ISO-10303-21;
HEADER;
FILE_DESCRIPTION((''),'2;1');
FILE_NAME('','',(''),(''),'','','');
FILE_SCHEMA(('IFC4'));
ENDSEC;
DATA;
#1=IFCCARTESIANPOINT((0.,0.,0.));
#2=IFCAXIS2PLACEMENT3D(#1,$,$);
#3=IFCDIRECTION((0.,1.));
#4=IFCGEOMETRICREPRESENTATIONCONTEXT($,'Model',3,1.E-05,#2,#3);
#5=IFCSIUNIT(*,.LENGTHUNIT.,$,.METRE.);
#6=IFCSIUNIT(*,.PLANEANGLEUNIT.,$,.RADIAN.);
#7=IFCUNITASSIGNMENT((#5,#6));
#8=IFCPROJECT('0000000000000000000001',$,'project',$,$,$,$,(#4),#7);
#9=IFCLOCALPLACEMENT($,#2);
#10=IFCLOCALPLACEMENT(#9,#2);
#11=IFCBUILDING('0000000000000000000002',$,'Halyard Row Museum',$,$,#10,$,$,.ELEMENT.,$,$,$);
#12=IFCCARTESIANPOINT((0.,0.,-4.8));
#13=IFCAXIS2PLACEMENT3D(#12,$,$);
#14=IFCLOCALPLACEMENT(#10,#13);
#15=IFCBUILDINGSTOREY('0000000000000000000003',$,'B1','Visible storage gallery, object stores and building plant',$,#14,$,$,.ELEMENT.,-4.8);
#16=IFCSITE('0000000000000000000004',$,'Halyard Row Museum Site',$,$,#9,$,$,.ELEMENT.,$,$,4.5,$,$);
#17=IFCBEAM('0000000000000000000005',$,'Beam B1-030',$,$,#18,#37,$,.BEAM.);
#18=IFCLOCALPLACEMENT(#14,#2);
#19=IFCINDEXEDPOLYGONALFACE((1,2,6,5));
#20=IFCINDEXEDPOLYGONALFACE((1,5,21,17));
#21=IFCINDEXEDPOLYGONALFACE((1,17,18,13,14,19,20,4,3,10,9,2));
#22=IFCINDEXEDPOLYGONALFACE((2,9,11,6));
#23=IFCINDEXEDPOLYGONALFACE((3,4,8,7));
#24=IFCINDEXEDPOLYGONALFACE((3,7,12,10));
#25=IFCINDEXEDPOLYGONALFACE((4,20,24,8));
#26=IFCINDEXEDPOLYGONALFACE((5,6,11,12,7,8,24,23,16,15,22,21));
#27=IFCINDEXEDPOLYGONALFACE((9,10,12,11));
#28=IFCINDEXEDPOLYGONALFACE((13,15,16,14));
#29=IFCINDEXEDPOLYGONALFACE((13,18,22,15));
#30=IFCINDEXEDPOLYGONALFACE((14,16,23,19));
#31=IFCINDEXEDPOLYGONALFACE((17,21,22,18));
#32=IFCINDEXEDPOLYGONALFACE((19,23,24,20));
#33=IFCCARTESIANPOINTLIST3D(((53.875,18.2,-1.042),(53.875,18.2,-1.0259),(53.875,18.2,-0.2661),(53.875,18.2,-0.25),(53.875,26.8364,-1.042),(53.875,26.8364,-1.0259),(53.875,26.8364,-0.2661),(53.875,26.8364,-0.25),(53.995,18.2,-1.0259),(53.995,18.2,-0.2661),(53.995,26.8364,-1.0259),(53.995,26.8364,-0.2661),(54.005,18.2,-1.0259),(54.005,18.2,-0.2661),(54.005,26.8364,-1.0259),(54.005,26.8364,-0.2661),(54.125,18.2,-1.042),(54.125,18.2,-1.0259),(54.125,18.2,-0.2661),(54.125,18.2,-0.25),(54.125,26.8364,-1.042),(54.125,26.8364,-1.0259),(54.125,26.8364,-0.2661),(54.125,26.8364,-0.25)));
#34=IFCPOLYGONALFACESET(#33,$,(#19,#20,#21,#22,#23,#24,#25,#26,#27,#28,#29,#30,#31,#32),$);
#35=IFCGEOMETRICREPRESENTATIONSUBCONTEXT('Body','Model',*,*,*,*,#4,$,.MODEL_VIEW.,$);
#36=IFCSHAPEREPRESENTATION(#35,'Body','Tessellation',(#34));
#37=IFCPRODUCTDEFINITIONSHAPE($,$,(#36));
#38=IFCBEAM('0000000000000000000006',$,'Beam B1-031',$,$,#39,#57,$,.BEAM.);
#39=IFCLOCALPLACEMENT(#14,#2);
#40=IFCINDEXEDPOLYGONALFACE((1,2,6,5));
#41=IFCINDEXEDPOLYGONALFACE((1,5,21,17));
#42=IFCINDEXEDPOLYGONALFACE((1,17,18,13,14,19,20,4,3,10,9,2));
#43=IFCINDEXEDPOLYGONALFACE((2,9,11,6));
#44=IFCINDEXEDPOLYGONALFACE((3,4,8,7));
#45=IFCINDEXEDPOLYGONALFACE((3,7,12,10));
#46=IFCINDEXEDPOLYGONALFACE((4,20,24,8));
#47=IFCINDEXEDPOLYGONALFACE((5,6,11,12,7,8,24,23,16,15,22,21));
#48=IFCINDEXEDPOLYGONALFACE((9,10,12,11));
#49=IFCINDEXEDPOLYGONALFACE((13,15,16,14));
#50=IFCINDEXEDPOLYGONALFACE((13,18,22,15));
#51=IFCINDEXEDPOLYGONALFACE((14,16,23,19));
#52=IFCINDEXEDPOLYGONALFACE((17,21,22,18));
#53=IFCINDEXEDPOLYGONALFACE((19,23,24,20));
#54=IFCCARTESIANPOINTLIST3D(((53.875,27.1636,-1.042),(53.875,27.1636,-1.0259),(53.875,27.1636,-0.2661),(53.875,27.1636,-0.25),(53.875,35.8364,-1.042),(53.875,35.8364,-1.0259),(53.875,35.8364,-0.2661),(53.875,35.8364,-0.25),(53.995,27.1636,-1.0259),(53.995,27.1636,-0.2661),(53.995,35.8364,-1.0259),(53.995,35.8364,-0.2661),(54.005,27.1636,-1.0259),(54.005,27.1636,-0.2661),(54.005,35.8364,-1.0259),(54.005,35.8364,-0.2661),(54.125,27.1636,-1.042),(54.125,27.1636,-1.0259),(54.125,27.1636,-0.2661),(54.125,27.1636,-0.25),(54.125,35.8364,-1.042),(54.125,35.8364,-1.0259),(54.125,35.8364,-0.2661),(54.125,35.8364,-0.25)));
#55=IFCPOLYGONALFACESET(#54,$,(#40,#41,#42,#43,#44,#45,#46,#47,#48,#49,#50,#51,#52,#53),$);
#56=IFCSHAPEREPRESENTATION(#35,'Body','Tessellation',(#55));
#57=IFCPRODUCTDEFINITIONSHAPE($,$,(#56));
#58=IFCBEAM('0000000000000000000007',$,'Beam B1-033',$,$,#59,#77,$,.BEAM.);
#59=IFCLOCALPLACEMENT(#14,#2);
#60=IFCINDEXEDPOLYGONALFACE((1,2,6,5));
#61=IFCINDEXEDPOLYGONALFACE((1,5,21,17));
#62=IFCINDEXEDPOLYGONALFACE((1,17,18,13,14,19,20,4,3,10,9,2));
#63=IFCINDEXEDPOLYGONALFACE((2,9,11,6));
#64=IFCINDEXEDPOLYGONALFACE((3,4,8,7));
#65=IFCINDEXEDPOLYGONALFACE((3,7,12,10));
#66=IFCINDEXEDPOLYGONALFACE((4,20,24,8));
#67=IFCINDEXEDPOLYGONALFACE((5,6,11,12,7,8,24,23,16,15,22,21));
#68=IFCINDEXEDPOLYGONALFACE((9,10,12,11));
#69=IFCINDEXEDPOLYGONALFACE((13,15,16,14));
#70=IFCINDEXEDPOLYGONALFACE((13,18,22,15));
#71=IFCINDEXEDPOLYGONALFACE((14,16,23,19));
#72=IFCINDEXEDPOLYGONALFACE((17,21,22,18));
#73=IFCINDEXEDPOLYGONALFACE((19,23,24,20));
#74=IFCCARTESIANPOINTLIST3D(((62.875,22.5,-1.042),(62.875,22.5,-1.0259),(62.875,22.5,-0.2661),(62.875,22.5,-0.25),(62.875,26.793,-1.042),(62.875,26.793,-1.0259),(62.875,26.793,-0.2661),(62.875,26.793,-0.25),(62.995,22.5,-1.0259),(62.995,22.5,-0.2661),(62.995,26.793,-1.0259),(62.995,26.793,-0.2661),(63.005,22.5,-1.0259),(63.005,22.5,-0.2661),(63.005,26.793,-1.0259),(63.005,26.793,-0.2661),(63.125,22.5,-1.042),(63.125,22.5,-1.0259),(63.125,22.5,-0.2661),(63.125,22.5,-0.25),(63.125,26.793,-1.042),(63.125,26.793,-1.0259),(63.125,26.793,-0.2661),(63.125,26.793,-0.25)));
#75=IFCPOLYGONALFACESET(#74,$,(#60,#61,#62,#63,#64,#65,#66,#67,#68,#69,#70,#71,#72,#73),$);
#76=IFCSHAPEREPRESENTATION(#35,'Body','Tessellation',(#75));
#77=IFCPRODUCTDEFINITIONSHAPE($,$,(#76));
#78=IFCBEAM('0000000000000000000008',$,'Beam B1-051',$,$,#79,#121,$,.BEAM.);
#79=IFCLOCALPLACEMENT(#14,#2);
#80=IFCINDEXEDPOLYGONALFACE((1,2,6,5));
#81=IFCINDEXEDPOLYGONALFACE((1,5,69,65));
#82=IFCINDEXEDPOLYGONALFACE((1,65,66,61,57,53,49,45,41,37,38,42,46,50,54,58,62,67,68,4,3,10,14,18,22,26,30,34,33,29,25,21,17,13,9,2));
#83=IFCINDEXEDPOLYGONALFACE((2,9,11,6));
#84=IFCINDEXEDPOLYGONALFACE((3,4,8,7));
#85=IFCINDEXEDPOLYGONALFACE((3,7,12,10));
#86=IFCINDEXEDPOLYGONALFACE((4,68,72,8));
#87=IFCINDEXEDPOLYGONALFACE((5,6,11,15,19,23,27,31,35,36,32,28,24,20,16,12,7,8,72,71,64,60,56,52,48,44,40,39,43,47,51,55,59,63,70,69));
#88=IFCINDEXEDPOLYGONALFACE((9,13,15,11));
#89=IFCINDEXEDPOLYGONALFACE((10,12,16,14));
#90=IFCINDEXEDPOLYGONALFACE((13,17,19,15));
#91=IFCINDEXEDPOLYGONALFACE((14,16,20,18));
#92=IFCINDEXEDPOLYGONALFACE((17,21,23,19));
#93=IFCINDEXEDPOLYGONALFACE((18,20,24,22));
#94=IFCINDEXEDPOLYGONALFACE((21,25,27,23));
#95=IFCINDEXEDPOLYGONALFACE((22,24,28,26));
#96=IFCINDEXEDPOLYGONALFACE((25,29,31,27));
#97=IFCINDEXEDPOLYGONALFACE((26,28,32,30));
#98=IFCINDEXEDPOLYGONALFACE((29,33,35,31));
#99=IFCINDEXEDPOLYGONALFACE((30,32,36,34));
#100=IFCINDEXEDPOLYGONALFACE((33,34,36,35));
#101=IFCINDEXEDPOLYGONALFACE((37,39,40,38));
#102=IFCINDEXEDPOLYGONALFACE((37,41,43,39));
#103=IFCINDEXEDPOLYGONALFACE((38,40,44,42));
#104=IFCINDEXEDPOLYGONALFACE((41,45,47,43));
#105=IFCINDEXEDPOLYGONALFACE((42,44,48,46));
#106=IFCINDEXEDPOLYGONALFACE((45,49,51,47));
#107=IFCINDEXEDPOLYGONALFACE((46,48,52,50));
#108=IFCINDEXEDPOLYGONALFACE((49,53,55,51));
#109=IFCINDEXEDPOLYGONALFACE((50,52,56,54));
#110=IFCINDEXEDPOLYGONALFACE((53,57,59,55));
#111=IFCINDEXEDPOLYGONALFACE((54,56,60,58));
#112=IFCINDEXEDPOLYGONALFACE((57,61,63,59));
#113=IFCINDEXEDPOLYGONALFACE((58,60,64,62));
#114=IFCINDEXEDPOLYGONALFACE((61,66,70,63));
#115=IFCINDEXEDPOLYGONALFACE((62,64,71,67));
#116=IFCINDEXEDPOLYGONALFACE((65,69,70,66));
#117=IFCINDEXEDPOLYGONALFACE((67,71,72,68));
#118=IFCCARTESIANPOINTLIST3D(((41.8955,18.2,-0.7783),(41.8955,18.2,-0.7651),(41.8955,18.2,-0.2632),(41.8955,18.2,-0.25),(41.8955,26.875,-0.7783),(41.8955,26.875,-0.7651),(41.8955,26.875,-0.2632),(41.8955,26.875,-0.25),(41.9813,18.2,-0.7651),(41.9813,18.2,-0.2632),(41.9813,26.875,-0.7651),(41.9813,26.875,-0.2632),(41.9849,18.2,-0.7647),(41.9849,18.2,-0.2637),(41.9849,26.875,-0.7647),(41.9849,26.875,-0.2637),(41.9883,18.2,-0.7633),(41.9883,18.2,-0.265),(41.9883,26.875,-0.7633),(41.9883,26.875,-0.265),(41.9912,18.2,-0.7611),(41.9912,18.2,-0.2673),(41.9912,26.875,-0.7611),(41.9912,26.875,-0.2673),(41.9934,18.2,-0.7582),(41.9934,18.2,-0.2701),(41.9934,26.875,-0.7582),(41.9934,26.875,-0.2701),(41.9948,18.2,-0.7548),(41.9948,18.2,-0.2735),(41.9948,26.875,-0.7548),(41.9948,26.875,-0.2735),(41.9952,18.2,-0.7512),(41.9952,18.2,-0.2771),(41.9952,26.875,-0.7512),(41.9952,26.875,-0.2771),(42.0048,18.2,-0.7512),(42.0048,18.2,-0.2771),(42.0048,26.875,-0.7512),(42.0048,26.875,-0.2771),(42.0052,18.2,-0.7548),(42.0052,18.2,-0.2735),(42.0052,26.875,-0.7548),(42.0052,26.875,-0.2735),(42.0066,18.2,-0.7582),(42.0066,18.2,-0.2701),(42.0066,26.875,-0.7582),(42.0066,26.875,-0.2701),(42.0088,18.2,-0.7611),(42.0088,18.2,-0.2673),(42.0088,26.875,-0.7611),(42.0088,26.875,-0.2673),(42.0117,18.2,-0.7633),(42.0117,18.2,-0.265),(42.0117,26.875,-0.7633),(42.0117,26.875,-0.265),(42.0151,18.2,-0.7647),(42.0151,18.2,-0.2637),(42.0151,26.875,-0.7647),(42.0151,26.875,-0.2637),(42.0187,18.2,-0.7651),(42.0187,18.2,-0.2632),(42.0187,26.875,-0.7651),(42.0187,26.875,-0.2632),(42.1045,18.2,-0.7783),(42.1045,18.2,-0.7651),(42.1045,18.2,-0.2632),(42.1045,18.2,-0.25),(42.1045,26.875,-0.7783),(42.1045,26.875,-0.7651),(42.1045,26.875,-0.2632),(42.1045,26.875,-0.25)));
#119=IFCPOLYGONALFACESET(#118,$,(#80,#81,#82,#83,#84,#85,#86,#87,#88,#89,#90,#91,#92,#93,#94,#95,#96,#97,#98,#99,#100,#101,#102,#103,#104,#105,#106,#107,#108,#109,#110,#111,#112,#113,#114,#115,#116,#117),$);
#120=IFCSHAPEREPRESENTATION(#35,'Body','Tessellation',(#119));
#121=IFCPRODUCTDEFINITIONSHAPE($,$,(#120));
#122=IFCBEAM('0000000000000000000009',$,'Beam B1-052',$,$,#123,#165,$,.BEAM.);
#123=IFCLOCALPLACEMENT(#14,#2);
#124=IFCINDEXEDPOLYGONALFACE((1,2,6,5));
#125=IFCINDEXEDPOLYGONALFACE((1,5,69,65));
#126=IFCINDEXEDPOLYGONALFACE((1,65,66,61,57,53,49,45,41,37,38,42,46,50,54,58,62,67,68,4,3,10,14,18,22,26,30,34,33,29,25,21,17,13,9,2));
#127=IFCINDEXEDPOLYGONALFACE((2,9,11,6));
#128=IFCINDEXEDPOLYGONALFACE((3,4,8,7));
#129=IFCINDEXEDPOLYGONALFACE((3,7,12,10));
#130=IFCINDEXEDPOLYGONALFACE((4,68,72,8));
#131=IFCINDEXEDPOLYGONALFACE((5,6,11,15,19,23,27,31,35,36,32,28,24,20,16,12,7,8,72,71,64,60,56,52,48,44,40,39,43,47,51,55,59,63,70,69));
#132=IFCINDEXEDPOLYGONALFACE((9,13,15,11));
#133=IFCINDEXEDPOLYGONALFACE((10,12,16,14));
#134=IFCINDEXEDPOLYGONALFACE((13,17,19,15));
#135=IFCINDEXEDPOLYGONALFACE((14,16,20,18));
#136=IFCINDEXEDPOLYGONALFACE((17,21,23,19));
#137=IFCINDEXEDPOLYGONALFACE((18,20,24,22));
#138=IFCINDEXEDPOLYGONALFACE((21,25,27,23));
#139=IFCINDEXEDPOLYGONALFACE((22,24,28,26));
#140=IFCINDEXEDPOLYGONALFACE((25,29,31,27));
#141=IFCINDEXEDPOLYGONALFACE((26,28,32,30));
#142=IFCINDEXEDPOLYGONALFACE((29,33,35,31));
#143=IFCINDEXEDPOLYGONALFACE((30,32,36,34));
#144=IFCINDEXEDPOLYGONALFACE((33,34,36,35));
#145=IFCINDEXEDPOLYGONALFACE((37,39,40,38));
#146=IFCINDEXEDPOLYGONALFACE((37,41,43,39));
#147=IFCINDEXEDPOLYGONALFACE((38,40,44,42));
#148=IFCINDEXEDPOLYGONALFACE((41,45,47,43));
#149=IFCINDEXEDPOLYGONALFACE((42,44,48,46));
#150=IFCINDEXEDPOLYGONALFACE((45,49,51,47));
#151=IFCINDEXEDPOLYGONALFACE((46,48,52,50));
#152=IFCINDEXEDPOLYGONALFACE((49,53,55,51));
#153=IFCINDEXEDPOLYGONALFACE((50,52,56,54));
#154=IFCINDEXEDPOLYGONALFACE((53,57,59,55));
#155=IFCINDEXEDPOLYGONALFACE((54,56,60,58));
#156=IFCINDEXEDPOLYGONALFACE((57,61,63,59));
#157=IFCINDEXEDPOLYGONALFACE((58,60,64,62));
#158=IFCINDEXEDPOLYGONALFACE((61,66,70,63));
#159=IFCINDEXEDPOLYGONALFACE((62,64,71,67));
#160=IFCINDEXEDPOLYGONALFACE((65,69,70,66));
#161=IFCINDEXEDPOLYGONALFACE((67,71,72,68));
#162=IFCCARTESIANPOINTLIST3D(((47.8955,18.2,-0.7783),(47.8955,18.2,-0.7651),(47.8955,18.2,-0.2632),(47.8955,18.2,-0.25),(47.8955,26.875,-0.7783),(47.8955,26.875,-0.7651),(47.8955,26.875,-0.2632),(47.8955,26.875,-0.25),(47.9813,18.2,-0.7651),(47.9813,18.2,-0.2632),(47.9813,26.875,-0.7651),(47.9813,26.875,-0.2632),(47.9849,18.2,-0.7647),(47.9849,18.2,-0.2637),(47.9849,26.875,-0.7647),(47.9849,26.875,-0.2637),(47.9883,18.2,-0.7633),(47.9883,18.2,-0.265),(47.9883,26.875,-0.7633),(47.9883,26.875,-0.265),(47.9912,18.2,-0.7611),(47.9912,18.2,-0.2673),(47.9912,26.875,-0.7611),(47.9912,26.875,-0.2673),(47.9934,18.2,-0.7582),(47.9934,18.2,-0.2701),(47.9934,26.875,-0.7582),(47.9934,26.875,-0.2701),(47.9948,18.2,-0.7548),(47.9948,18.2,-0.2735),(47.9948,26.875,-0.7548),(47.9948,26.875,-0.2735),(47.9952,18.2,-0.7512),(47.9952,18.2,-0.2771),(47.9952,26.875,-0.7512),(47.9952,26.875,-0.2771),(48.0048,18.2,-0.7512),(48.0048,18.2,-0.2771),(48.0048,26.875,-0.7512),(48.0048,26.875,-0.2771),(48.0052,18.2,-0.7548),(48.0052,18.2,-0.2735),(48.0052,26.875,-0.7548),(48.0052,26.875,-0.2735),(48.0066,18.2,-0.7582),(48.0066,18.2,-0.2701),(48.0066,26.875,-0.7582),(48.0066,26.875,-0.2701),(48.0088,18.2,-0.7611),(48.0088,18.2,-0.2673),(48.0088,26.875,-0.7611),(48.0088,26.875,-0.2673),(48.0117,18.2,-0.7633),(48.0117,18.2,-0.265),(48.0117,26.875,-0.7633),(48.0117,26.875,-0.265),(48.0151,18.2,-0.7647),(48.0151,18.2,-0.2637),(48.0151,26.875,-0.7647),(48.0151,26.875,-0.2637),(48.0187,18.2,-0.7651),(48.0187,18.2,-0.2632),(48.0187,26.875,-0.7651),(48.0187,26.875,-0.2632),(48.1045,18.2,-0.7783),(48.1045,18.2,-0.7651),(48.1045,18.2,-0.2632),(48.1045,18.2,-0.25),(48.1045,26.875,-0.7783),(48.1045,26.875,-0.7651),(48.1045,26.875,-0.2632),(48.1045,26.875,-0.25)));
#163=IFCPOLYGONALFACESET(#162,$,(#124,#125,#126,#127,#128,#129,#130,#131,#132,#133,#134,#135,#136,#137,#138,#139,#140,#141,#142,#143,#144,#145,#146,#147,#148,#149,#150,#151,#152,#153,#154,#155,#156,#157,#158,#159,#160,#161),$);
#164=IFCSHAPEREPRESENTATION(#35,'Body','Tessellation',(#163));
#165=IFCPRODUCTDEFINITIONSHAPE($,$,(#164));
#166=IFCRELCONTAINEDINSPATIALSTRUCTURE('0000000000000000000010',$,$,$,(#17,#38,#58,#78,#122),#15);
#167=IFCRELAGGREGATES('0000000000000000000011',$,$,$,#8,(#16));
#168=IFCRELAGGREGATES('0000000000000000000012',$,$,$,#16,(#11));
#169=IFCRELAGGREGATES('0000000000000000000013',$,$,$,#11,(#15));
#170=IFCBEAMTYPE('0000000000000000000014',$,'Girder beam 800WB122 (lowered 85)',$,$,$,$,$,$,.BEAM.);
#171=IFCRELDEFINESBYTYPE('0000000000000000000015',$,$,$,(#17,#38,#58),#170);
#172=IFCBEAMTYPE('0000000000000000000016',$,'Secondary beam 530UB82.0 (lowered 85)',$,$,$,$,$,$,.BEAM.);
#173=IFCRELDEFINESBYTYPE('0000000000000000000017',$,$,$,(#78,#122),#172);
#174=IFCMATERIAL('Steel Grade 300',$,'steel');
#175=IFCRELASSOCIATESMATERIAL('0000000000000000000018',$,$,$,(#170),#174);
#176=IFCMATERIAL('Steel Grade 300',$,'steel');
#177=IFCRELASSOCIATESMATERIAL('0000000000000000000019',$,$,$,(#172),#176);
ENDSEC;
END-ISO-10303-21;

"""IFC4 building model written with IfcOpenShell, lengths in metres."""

from ifc_helpers import new_model, si_unit, direction, frame, origin, origin_2d, place, context, subcontext, project, spatial, i_section, extrude, material, material_profile, profile_set, type_object, element, save


model = new_model("IFC4")

# Units and contexts
model_context = context("Model", 3, precision=1e-05, world=origin(), true_north=direction((0.0, 1.0)))
body_context = subcontext(model_context, "Body", "Model", "MODEL_VIEW")
ifc_project = project(units=[si_unit("LENGTHUNIT", "METRE"), si_unit("PLANEANGLEUNIT", "RADIAN")], contexts=[model_context])

# Site, building, storey
site_placement = place(None, origin())
site = spatial("IfcSite", under=ifc_project, at=site_placement, Name="Halyard Row Museum Site", CompositionType="ELEMENT", RefElevation=4.5)
building_placement = place(site_placement, origin())
building = spatial("IfcBuilding", under=site, at=building_placement, Name="Halyard Row Museum", CompositionType="ELEMENT")
storey_placement = place(building_placement, frame((0.0, 0.0, -4.8)))
storey = spatial("IfcBuildingStorey", under=building, at=storey_placement, Name="B1", Description="Visible storage gallery, object stores and building plant", CompositionType="ELEMENT", Elevation=-4.8)

# Beams
ifc_material_1 = material(Name="Steel Grade 300", Category="steel")
ifc_material_profile_1 = material_profile(ifc_material_1, i_section(OverallWidth=0.25, OverallDepth=0.792, WebThickness=0.01, FlangeThickness=0.0161, at=origin_2d()), Name="800WB122")
ifc_profile_set_1 = profile_set([ifc_material_profile_1], Name="Steel Grade 300")
beam_type_1 = type_object("IfcBeamType", Name="Girder beam 800WB122 (lowered 85)", PredefinedType="BEAM", material=ifc_profile_set_1)
beam_1_placement = place(storey_placement, frame((54.0, 18.2, -0.646), z_axis=(0.0, 1.0, 0.0), x_axis=(-1.0, 0.0, 0.0)))
element("IfcBeam", 1, at=beam_1_placement, inside=storey, type_object=beam_type_1, Name="Beam B1-030", PredefinedType="BEAM", context=body_context, shape_type="SweptSolid", body=[
    extrude(i_section(OverallWidth=0.25, OverallDepth=0.792, WebThickness=0.01, FlangeThickness=0.0161, at=origin_2d()), origin(), (0.0, 0.0, 1.0), 8.6365),
])
beam_2_placement = place(storey_placement, frame((54.0, 27.1636, -0.646), z_axis=(0.0, 1.0, 0.0), x_axis=(-1.0, 0.0, 0.0)))
element("IfcBeam", 2, at=beam_2_placement, inside=storey, type_object=beam_type_1, Name="Beam B1-031", PredefinedType="BEAM", context=body_context, shape_type="SweptSolid", body=[
    extrude(i_section(OverallWidth=0.25, OverallDepth=0.792, WebThickness=0.01, FlangeThickness=0.0161, at=origin_2d()), origin(), (0.0, 0.0, 1.0), 8.6729),
])
beam_3_placement = place(storey_placement, frame((63.0, 22.5, -0.646), z_axis=(0.0, 1.0, 0.0), x_axis=(-1.0, 0.0, 0.0)))
element("IfcBeam", 3, at=beam_3_placement, inside=storey, type_object=beam_type_1, Name="Beam B1-033", PredefinedType="BEAM", context=body_context, shape_type="SweptSolid", body=[
    extrude(i_section(OverallWidth=0.25, OverallDepth=0.792, WebThickness=0.01, FlangeThickness=0.0161, at=origin_2d()), origin(), (0.0, 0.0, 1.0), 4.293),
])
ifc_material_2 = material(Name="Steel Grade 300", Category="steel")
ifc_material_profile_2 = material_profile(ifc_material_2, i_section(OverallWidth=0.209, OverallDepth=0.5283, WebThickness=0.0095, FlangeThickness=0.0132, FilletRadius=0.0139, at=origin_2d()), Name="530UB82.0")
ifc_profile_set_2 = profile_set([ifc_material_profile_2], Name="Steel Grade 300")
beam_type_2 = type_object("IfcBeamType", Name="Secondary beam 530UB82.0 (lowered 85)", PredefinedType="BEAM", material=ifc_profile_set_2)
for number, where, z_axis, x_axis, name in (
    (4, (42.0, 18.2, -0.5142), (0.0, 1.0, 0.0), (-1.0, 0.0, 0.0), "Beam B1-051"),
    (5, (48.0, 18.2, -0.5142), (0.0, 1.0, 0.0), (-1.0, 0.0, 0.0), "Beam B1-052"),
):
    element("IfcBeam", number, at=place(storey_placement, frame(where, z_axis=z_axis, x_axis=x_axis)), inside=storey, type_object=beam_type_2, Name=name, PredefinedType="BEAM", context=body_context, shape_type="SweptSolid", body=[
        extrude(i_section(OverallWidth=0.209, OverallDepth=0.5283, WebThickness=0.0095, FlangeThickness=0.0132, FilletRadius=0.0139, at=origin_2d()), origin(), (0.0, 0.0, 1.0), 8.675),
    ])

save(model, "model.ifc")
